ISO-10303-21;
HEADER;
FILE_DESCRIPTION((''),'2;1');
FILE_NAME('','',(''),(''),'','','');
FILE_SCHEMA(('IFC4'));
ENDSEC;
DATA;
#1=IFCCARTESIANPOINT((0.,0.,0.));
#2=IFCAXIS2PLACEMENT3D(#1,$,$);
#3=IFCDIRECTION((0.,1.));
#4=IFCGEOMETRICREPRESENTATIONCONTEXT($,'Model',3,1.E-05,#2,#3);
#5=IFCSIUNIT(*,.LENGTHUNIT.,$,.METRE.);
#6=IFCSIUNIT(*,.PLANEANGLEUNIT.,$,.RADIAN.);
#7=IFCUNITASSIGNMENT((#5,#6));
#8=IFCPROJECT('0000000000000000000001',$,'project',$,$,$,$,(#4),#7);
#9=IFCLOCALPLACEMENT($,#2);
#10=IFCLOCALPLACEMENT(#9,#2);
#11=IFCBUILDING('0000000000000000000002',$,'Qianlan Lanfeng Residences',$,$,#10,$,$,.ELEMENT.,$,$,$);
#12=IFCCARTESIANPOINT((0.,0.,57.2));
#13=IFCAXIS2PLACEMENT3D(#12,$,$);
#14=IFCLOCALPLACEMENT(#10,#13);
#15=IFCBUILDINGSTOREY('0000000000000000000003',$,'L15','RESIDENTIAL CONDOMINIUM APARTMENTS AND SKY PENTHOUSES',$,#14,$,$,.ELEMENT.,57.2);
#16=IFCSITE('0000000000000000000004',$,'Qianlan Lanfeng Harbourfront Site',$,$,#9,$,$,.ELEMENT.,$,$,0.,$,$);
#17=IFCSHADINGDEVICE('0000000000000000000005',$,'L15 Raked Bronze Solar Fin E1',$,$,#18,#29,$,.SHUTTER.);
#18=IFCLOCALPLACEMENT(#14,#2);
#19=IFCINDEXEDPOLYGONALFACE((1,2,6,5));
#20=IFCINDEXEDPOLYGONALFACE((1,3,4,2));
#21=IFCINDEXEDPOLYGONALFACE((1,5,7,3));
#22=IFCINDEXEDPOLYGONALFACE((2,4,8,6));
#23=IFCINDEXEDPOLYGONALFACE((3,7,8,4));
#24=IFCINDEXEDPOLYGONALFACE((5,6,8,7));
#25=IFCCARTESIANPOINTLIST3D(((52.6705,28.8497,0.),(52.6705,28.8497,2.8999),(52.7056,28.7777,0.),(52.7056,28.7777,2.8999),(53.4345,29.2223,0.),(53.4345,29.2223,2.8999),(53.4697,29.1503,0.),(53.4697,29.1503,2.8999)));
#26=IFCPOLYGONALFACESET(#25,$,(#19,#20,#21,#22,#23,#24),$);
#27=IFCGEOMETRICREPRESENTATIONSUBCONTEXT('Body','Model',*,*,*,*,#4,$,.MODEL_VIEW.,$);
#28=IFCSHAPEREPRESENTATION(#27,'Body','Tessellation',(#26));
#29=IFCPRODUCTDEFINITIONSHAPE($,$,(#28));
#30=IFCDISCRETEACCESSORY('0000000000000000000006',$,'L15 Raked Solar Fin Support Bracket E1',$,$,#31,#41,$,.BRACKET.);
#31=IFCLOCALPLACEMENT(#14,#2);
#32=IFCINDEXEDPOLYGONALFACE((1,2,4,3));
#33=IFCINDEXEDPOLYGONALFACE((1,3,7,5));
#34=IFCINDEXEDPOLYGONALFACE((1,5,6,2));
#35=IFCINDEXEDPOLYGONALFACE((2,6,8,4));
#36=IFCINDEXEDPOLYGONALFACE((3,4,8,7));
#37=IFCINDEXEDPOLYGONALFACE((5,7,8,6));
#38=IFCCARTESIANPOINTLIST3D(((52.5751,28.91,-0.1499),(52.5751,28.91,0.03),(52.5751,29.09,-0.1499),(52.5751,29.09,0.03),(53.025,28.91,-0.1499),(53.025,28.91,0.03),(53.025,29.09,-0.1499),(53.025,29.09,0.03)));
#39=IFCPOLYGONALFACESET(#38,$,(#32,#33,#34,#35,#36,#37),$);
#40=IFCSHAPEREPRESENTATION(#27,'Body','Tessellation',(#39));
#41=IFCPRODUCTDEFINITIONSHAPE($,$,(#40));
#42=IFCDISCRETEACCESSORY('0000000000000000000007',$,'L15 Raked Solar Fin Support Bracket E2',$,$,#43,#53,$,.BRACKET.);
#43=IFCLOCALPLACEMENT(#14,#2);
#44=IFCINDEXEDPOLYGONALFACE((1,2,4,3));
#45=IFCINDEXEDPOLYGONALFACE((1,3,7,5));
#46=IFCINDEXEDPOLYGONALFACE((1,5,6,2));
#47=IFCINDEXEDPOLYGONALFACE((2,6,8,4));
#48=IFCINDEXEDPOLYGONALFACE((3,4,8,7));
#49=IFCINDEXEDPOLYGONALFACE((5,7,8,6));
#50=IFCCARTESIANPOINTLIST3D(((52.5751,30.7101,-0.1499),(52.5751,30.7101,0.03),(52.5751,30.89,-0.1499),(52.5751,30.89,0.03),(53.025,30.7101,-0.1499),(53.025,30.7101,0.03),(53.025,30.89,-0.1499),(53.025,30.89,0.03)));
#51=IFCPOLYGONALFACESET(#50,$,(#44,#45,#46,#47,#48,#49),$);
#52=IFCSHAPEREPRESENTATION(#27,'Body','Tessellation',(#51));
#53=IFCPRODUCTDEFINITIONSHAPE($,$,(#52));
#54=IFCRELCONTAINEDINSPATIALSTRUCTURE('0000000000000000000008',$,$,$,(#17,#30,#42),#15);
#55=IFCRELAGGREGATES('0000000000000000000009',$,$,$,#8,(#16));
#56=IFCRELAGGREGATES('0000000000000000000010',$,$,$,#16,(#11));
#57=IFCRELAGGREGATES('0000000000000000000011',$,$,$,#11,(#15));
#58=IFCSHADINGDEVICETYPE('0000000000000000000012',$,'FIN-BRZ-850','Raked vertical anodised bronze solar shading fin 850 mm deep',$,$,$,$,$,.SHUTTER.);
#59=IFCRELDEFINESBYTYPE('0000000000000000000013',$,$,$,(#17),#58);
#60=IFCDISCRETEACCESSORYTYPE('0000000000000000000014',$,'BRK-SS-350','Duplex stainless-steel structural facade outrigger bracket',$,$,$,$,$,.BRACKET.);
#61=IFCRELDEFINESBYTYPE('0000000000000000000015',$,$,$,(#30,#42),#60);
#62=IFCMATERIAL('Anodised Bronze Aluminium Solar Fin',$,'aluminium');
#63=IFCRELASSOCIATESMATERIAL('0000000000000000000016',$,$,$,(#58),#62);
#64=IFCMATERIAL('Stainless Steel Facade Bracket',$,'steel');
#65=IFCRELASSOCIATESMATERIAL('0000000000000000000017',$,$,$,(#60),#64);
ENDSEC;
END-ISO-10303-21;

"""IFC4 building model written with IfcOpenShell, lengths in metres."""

from ifc_helpers import new_model, si_unit, direction, frame, origin, origin_2d, place, context, subcontext, project, spatial, rectangle, extrude, source, transform, mapped, material, type_object, element, save


model = new_model("IFC4")

# Units and contexts
model_context = context("Model", 3, precision=1e-05, world=origin(), true_north=direction((0.0, 1.0)))
body_context = subcontext(model_context, "Body", "Model", "MODEL_VIEW")
ifc_project = project(units=[si_unit("LENGTHUNIT", "METRE"), si_unit("PLANEANGLEUNIT", "RADIAN")], contexts=[model_context])

# Site, building, storey
site_placement = place(None, origin())
site = spatial("IfcSite", under=ifc_project, at=site_placement, Name="Qianlan Lanfeng Harbourfront Site", CompositionType="ELEMENT", RefElevation=0.0)
building_placement = place(site_placement, origin())
building = spatial("IfcBuilding", under=site, at=building_placement, Name="Qianlan Lanfeng Residences", CompositionType="ELEMENT")
storey_placement = place(building_placement, frame((0.0, 0.0, 57.2)))
storey = spatial("IfcBuildingStorey", under=building, at=storey_placement, Name="L15", Description="RESIDENTIAL CONDOMINIUM APARTMENTS AND SKY PENTHOUSES", CompositionType="ELEMENT", Elevation=57.2)

# Shading device
ifc_material_1 = material(Name="Anodised Bronze Aluminium Solar Fin", Category="aluminium")
shading_device_type = type_object("IfcShadingDeviceType", Name="FIN-BRZ-850", Description="Raked vertical anodised bronze solar shading fin 850 mm deep", PredefinedType="SHUTTER", material=ifc_material_1)
shared_shape_1 = source(origin(), body_context, "Body", "SweptSolid", [
    extrude(rectangle(XDim=0.8501, YDim=0.0801, at=origin_2d()), origin(), (0.0, 0.0, 1.0), 2.8999),
])
shading_device_placement = place(storey_placement, frame((53.0701, 29.0, 0.0), z_axis=(0.0, 0.0, 1.0), x_axis=(0.898794, 0.438371, 0.0)))
element("IfcShadingDevice", 1, at=shading_device_placement, inside=storey, type_object=shading_device_type, Name="L15 Raked Bronze Solar Fin E1", PredefinedType="SHUTTER", context=body_context, shape_type="MappedRepresentation", body=[
    mapped(shared_shape_1, transform((0.0, 0.0, 0.0), scale=1.0)),
])

# Discrete accessories
ifc_material_2 = material(Name="Stainless Steel Facade Bracket", Category="steel")
discrete_accessory_type = type_object("IfcDiscreteAccessoryType", Name="BRK-SS-350", Description="Duplex stainless-steel structural facade outrigger bracket", PredefinedType="BRACKET", material=ifc_material_2)
shared_shape_2 = source(origin(), body_context, "Body", "SweptSolid", [
    extrude(rectangle(XDim=0.45, YDim=0.1799, at=origin_2d()), origin(), (0.0, 0.0, 1.0), 0.1799),
])
for number, where, z_axis, x_axis, name in (
    (2, (52.8, 29.0, -0.1499), (0.0, 0.0, 1.0), (1.0, 0.0, 0.0), "L15 Raked Solar Fin Support Bracket E1"),
    (3, (52.8, 30.8, -0.1499), (0.0, 0.0, 1.0), (1.0, 0.0, 0.0), "L15 Raked Solar Fin Support Bracket E2"),
):
    element("IfcDiscreteAccessory", number, at=place(storey_placement, frame(where, z_axis=z_axis, x_axis=x_axis)), inside=storey, type_object=discrete_accessory_type, Name=name, PredefinedType="BRACKET", context=body_context, shape_type="MappedRepresentation", body=[
        mapped(shared_shape_2, transform((0.0, 0.0, 0.0), scale=1.0)),
    ])

save(model, "model.ifc")
